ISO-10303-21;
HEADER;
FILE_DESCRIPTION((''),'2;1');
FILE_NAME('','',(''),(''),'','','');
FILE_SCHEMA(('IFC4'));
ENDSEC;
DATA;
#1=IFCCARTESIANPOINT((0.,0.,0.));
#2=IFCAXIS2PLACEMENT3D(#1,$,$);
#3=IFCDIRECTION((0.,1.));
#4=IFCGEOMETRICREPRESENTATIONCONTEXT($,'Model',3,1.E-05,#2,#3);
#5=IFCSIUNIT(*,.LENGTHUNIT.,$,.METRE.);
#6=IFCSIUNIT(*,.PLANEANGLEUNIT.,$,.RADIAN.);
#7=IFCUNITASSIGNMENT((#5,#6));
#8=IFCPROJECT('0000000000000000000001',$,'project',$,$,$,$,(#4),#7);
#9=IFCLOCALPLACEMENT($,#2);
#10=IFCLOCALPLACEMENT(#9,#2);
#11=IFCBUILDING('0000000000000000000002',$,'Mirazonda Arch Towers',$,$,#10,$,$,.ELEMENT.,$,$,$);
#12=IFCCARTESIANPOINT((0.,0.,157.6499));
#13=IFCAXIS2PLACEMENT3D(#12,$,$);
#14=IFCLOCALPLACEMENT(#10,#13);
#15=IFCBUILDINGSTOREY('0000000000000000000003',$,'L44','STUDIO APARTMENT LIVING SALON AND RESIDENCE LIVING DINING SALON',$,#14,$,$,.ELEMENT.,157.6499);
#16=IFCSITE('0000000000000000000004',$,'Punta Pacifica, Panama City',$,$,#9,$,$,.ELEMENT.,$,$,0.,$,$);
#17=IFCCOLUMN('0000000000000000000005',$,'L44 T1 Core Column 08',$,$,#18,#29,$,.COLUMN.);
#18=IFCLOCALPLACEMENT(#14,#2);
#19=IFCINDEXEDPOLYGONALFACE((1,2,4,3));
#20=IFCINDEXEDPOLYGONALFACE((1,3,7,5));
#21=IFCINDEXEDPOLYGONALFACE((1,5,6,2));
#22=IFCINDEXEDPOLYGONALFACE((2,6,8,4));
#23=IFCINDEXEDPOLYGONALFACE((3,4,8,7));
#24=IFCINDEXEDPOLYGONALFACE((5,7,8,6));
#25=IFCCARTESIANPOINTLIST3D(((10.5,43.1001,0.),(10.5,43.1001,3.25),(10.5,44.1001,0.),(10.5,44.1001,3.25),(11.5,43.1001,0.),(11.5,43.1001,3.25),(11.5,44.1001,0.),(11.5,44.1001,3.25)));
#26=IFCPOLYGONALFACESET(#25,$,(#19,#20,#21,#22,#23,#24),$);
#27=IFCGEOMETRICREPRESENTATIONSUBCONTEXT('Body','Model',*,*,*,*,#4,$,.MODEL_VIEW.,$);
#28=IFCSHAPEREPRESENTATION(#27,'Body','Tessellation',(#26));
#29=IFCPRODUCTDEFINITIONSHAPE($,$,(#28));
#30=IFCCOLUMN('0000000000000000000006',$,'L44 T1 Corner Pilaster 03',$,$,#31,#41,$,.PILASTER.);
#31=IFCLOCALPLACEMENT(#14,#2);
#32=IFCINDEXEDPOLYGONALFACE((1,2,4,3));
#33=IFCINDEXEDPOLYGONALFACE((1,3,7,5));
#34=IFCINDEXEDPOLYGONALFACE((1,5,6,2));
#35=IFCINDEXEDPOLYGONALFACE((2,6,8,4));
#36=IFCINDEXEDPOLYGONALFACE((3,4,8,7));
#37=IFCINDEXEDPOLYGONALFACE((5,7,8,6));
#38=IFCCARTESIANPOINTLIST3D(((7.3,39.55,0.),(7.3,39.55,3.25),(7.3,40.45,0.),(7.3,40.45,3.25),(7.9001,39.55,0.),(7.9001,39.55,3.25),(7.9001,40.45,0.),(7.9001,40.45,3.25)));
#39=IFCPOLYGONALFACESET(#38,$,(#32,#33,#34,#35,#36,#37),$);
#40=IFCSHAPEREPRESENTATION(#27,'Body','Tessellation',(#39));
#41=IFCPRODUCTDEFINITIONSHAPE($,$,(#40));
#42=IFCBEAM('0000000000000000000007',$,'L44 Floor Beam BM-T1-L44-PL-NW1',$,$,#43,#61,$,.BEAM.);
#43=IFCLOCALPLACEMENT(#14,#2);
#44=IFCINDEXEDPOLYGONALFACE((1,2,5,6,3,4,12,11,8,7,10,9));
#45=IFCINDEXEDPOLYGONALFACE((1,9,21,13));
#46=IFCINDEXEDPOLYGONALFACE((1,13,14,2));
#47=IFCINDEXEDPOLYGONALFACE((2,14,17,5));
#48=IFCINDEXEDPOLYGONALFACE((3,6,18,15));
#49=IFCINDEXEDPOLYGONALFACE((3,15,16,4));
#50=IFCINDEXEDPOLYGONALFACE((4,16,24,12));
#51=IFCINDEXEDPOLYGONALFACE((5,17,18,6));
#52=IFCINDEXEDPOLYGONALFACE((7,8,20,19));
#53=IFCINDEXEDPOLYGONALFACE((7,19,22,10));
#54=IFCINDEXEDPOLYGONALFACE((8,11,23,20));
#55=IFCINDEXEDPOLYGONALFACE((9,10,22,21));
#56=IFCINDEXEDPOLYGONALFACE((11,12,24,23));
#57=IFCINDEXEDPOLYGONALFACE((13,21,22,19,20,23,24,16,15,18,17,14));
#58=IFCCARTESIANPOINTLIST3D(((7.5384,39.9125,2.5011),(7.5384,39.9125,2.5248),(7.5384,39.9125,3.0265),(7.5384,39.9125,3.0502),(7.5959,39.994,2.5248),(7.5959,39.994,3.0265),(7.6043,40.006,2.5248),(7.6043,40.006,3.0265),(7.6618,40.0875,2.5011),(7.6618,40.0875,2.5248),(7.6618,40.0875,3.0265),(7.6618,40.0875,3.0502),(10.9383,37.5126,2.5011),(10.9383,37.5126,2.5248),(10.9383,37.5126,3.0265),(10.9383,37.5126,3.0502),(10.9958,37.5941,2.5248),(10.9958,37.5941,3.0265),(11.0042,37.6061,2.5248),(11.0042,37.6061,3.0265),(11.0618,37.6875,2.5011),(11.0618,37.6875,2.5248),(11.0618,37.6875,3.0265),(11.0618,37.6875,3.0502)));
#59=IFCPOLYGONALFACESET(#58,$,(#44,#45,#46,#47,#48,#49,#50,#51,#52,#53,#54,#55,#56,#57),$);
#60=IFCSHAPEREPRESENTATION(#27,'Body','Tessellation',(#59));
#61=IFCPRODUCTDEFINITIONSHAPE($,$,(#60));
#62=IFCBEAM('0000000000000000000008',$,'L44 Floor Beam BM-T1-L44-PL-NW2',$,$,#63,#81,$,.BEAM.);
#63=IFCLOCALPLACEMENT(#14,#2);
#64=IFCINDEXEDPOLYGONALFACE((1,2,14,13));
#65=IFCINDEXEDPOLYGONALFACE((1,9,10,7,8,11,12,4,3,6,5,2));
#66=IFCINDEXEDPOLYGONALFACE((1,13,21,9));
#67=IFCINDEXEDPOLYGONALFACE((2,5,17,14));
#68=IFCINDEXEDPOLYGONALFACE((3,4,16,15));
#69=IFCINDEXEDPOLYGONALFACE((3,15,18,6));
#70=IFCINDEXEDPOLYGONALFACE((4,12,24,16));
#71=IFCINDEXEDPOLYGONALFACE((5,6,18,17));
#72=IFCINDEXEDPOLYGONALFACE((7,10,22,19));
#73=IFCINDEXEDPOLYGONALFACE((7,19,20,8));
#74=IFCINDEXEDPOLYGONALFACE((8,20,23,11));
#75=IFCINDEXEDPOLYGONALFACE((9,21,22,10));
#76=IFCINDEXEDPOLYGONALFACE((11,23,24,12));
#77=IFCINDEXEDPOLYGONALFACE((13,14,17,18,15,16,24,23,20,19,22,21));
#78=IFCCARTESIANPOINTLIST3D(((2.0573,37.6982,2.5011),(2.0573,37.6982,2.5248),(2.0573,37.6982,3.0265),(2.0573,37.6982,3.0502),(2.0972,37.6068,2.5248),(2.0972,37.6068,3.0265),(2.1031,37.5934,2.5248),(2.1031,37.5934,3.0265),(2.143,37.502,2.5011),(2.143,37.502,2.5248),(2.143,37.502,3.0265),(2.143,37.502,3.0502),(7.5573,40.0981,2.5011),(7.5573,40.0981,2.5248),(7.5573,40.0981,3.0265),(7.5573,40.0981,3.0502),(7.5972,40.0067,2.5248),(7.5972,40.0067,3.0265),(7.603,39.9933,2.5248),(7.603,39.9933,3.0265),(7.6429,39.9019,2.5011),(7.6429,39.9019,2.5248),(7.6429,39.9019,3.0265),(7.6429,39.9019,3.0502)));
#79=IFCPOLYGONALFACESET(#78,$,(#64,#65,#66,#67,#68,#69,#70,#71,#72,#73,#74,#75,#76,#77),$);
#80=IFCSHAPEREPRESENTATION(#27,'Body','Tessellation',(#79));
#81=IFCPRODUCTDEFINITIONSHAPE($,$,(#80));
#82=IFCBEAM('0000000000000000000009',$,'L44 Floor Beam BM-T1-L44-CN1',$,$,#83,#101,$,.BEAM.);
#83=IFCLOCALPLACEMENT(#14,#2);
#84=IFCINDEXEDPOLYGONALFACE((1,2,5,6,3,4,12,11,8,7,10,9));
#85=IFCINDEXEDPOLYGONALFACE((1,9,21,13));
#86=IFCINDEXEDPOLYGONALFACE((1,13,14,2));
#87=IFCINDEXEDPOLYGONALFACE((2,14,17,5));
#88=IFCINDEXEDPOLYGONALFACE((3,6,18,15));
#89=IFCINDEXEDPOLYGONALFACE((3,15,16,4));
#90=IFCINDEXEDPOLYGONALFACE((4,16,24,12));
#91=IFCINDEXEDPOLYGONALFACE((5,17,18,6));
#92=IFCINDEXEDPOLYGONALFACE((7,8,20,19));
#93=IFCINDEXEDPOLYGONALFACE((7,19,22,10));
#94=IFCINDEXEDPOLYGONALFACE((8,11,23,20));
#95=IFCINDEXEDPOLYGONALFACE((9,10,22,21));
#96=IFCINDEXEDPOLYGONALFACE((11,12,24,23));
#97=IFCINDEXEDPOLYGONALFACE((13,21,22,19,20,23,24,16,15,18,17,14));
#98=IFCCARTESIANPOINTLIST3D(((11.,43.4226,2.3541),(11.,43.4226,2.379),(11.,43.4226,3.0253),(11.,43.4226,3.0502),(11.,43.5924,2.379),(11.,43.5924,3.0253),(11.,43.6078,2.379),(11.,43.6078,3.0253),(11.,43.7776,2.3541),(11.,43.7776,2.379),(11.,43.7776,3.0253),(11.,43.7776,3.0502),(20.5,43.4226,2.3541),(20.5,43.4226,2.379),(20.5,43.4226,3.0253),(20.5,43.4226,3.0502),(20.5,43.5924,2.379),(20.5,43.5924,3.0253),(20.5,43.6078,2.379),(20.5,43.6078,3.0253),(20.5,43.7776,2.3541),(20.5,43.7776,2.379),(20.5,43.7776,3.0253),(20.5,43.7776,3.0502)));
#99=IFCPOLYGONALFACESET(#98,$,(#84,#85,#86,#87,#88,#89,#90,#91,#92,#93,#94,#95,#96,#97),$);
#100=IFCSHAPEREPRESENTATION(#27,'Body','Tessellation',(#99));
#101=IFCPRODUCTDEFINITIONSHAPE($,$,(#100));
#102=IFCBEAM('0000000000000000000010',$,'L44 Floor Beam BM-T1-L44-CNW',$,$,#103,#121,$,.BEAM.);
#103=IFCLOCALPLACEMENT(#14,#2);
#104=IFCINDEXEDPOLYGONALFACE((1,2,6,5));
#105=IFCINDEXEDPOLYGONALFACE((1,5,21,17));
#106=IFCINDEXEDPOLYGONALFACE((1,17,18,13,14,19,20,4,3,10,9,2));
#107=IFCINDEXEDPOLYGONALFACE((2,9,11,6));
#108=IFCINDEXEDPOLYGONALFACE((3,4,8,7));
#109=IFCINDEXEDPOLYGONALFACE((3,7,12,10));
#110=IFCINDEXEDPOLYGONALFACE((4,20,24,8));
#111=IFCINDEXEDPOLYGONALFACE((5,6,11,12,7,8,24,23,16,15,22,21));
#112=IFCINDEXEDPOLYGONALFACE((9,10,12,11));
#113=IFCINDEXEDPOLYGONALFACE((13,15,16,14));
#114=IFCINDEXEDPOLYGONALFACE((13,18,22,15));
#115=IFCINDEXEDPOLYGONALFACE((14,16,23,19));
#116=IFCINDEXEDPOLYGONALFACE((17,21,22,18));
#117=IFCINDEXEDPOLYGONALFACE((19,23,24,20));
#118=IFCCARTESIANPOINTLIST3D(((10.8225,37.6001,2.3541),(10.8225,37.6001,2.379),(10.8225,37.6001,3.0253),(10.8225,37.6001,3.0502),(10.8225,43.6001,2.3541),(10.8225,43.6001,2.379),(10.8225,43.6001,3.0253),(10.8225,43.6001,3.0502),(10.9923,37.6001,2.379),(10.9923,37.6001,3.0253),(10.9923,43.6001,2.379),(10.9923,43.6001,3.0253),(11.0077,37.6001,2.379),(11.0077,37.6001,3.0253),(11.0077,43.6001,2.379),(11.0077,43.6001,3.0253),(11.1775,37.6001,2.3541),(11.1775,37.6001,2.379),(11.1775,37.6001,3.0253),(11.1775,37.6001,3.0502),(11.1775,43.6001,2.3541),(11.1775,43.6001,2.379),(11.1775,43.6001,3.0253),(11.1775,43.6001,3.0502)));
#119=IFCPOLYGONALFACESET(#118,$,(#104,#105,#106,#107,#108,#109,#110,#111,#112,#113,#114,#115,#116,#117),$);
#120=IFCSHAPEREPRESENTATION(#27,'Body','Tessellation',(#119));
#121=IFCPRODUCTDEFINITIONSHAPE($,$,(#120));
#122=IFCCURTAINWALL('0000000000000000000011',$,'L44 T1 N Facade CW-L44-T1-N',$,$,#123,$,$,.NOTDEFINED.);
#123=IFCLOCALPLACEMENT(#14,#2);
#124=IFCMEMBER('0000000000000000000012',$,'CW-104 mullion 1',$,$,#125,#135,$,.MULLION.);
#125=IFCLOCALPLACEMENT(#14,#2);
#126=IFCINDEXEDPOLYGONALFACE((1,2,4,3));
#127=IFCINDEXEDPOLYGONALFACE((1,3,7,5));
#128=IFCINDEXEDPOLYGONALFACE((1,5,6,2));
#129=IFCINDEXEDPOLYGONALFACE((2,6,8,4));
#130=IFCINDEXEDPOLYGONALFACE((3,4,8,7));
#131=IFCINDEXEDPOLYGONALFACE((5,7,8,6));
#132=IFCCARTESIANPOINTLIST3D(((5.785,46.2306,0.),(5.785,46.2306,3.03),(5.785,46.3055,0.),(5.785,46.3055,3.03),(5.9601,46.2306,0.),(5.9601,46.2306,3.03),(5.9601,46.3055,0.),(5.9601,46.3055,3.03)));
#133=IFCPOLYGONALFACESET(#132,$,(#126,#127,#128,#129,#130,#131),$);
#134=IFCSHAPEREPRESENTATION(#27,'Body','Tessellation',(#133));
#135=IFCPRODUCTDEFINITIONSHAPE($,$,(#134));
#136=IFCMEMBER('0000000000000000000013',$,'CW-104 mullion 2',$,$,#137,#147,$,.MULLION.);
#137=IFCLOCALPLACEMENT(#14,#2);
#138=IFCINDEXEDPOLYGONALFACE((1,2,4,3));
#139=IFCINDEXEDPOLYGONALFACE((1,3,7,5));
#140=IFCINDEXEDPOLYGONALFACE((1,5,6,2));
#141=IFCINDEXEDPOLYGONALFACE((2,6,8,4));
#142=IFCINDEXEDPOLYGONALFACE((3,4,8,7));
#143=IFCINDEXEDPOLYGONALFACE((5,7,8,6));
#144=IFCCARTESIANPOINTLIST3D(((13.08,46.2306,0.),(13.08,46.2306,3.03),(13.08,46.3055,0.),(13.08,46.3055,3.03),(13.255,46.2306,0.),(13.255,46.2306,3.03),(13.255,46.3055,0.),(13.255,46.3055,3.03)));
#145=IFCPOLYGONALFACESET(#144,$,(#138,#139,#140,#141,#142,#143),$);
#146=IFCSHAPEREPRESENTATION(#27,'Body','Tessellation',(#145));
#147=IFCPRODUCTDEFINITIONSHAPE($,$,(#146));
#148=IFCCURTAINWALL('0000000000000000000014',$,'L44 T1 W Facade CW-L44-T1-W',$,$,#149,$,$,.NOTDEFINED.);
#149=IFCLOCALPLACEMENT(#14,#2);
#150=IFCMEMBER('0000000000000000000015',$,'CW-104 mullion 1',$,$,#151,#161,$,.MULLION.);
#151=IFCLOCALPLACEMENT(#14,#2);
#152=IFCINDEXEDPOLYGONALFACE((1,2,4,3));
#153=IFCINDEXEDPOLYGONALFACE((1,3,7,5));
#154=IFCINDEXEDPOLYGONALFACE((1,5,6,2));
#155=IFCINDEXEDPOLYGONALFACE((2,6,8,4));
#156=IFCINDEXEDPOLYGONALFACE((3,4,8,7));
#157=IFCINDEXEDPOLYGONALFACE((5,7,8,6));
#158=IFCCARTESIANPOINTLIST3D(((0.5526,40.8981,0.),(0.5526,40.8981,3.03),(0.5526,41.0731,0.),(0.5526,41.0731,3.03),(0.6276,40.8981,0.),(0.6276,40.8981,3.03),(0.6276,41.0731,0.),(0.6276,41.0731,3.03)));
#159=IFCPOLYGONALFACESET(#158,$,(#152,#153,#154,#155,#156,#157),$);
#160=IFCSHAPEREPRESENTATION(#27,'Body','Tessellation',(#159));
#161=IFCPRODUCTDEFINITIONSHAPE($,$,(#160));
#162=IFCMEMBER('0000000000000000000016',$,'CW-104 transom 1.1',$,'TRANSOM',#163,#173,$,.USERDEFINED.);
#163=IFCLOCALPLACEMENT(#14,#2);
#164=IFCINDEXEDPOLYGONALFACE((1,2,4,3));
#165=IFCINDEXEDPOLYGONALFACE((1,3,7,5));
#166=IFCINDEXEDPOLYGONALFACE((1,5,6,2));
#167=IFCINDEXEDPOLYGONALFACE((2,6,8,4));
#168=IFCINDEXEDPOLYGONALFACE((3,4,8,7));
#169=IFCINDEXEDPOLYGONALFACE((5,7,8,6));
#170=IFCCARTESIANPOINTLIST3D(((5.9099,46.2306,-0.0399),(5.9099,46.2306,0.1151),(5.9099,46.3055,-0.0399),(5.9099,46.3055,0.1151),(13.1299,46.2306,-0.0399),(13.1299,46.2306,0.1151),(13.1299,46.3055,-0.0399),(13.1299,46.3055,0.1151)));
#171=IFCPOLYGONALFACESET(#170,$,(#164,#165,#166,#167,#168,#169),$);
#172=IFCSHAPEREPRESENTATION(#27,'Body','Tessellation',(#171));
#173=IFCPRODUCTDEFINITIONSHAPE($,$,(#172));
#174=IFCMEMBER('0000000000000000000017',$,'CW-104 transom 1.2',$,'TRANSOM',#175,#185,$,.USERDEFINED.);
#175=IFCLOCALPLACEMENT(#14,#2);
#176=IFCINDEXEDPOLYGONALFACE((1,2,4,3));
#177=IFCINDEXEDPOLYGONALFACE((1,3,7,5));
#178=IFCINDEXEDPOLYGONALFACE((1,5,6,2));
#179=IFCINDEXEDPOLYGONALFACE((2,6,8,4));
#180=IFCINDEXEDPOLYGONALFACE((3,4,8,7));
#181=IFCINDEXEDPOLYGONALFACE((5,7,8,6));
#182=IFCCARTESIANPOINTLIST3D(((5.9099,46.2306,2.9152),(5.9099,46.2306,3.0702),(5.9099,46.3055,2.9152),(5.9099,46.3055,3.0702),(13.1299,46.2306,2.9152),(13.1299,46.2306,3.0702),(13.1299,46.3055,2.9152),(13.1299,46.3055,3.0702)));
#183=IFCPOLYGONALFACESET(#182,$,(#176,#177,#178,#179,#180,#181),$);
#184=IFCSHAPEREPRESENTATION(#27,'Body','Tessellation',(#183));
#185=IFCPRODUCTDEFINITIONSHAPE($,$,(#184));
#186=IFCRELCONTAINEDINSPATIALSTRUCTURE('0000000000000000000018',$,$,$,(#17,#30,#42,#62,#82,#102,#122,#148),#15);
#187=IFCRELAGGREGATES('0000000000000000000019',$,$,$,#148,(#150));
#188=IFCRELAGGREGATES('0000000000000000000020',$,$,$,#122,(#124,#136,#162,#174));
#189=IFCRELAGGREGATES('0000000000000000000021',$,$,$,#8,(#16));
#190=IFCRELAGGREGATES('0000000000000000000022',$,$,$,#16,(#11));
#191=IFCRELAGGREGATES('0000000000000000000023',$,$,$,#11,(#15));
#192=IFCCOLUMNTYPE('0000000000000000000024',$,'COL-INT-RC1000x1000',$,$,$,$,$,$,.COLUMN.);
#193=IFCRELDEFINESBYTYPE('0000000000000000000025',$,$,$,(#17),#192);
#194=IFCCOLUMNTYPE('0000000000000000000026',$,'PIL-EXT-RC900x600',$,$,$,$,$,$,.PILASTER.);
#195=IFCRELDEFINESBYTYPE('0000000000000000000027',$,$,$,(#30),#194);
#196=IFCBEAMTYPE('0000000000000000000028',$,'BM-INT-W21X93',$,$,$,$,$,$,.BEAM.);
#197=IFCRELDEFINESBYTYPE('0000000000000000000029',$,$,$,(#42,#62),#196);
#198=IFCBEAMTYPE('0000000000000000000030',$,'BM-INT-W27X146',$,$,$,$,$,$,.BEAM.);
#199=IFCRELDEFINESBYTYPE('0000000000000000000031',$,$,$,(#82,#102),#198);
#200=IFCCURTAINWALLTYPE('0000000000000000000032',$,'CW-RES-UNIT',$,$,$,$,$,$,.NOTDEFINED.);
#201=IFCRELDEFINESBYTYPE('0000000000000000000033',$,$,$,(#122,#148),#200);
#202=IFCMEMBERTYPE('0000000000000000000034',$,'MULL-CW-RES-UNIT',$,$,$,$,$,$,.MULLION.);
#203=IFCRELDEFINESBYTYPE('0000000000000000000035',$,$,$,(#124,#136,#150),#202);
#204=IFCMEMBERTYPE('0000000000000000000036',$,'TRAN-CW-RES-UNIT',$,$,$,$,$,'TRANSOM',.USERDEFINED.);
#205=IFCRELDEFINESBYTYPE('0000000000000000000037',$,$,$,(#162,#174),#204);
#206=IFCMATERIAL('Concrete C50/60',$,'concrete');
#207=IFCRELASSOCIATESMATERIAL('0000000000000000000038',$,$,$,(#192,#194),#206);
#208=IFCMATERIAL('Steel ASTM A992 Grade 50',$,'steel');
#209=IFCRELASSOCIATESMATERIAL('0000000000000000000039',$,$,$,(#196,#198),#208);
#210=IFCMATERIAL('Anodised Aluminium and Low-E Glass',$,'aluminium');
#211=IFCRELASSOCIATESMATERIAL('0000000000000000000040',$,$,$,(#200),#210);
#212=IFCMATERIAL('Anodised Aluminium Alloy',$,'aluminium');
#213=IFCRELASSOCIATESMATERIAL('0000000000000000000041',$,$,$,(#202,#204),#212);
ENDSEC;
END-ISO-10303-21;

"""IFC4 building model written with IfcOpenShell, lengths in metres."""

from ifc_helpers import new_model, si_unit, direction, frame, origin, origin_2d, place, context, subcontext, project, spatial, rectangle, i_section, extrude, material, material_profile, profile_set, type_object, element, aggregate, save


model = new_model("IFC4")

# Units and contexts
model_context = context("Model", 3, precision=1e-05, world=origin(), true_north=direction((0.0, 1.0)))
body_context = subcontext(model_context, "Body", "Model", "MODEL_VIEW")
ifc_project = project(units=[si_unit("LENGTHUNIT", "METRE"), si_unit("PLANEANGLEUNIT", "RADIAN")], contexts=[model_context])

# Site, building, storey
site_placement = place(None, origin())
site = spatial("IfcSite", under=ifc_project, at=site_placement, Name="Punta Pacifica, Panama City", CompositionType="ELEMENT", RefElevation=0.0)
building_placement = place(site_placement, origin())
building = spatial("IfcBuilding", under=site, at=building_placement, Name="Mirazonda Arch Towers", CompositionType="ELEMENT")
storey_placement = place(building_placement, frame((0.0, 0.0, 157.6499)))
storey = spatial("IfcBuildingStorey", under=building, at=storey_placement, Name="L44", Description="STUDIO APARTMENT LIVING SALON AND RESIDENCE LIVING DINING SALON", CompositionType="ELEMENT", Elevation=157.6499)

# Columns
ifc_material_1 = material(Name="Concrete C50/60", Category="concrete")
ifc_material_profile_1 = material_profile(ifc_material_1, rectangle(XDim=1.0, YDim=1.0, at=origin_2d()), Name="RC1000x1000")
ifc_profile_set_1 = profile_set([ifc_material_profile_1], Name="Concrete C50/60")
column_type_1 = type_object("IfcColumnType", Name="COL-INT-RC1000x1000", PredefinedType="COLUMN", material=ifc_profile_set_1)
column_1_placement = place(storey_placement, frame((11.0, 43.6001, 0.0), z_axis=(0.0, 0.0, 1.0), x_axis=(1.0, 0.0, 0.0)))
element("IfcColumn", 1, at=column_1_placement, inside=storey, type_object=column_type_1, Name="L44 T1 Core Column 08", PredefinedType="COLUMN", context=body_context, shape_type="SweptSolid", body=[
    extrude(rectangle(XDim=1.0, YDim=1.0, at=origin_2d()), origin(), (0.0, 0.0, 1.0), 3.25),
])
ifc_material_profile_2 = material_profile(ifc_material_1, rectangle(XDim=0.6001, YDim=0.8999, at=origin_2d()), Name="RC900x600")
ifc_profile_set_2 = profile_set([ifc_material_profile_2], Name="Concrete C50/60")
column_type_2 = type_object("IfcColumnType", Name="PIL-EXT-RC900x600", PredefinedType="PILASTER", material=ifc_profile_set_2)
column_2_placement = place(storey_placement, frame((7.6001, 40.0, 0.0), z_axis=(0.0, 0.0, 1.0), x_axis=(1.0, 0.0, 0.0)))
element("IfcColumn", 2, at=column_2_placement, inside=storey, type_object=column_type_2, Name="L44 T1 Corner Pilaster 03", PredefinedType="PILASTER", context=body_context, shape_type="SweptSolid", body=[
    extrude(rectangle(XDim=0.6001, YDim=0.8999, at=origin_2d()), origin(), (0.0, 0.0, 1.0), 3.25),
])

# Beams
ifc_material_2 = material(Name="Steel ASTM A992 Grade 50", Category="steel")
ifc_material_profile_3 = material_profile(ifc_material_2, i_section(OverallWidth=0.2141, OverallDepth=0.5491, WebThickness=0.0146, FlangeThickness=0.0237, at=origin_2d()), Name="W21X93")
ifc_profile_set_3 = profile_set([ifc_material_profile_3], Name="Steel ASTM A992 Grade 50")
beam_type_1 = type_object("IfcBeamType", Name="BM-INT-W21X93", PredefinedType="BEAM", material=ifc_profile_set_3)
beam_1_placement = place(storey_placement, frame((7.6001, 40.0, 2.7756), z_axis=(0.816971, -0.576679, 0.0), x_axis=(0.576679, 0.816971, 0.0)))
element("IfcBeam", 3, at=beam_1_placement, inside=storey, type_object=beam_type_1, Name="L44 Floor Beam BM-T1-L44-PL-NW1", PredefinedType="BEAM", context=body_context, shape_type="SweptSolid", body=[
    extrude(i_section(OverallWidth=0.2141, OverallDepth=0.5491, WebThickness=0.0146, FlangeThickness=0.0237, at=origin_2d()), origin(), (0.0, 0.0, 1.0), 4.1616),
])
beam_2_placement = place(storey_placement, frame((7.6001, 40.0, 2.7756), z_axis=(-0.916545, -0.399931, 0.0), x_axis=(0.399931, -0.916545, 0.0)))
element("IfcBeam", 4, at=beam_2_placement, inside=storey, type_object=beam_type_1, Name="L44 Floor Beam BM-T1-L44-PL-NW2", PredefinedType="BEAM", context=body_context, shape_type="SweptSolid", body=[
    extrude(i_section(OverallWidth=0.2141, OverallDepth=0.5491, WebThickness=0.0146, FlangeThickness=0.0237, at=origin_2d()), origin(), (0.0, 0.0, 1.0), 6.0007),
])
ifc_material_profile_4 = material_profile(ifc_material_2, i_section(OverallWidth=0.355, OverallDepth=0.696, WebThickness=0.0154, FlangeThickness=0.0249, at=origin_2d()), Name="W27X146")
ifc_profile_set_4 = profile_set([ifc_material_profile_4], Name="Steel ASTM A992 Grade 50")
beam_type_2 = type_object("IfcBeamType", Name="BM-INT-W27X146", PredefinedType="BEAM", material=ifc_profile_set_4)
beam_3_placement = place(storey_placement, frame((11.0, 43.6001, 2.7021), z_axis=(1.0, 0.0, 0.0), x_axis=(0.0, 1.0, 0.0)))
element("IfcBeam", 5, at=beam_3_placement, inside=storey, type_object=beam_type_2, Name="L44 Floor Beam BM-T1-L44-CN1", PredefinedType="BEAM", context=body_context, shape_type="SweptSolid", body=[
    extrude(i_section(OverallWidth=0.355, OverallDepth=0.696, WebThickness=0.0154, FlangeThickness=0.0249, at=origin_2d()), origin(), (0.0, 0.0, 1.0), 9.5),
])
beam_4_placement = place(storey_placement, frame((11.0, 37.6001, 2.7021), z_axis=(0.0, 1.0, 0.0), x_axis=(-1.0, 0.0, 0.0)))
element("IfcBeam", 6, at=beam_4_placement, inside=storey, type_object=beam_type_2, Name="L44 Floor Beam BM-T1-L44-CNW", PredefinedType="BEAM", context=body_context, shape_type="SweptSolid", body=[
    extrude(i_section(OverallWidth=0.355, OverallDepth=0.696, WebThickness=0.0154, FlangeThickness=0.0249, at=origin_2d()), origin(), (0.0, 0.0, 1.0), 6.0),
])

# Curtain wall, members
ifc_material_3 = material(Name="Anodised Aluminium and Low-E Glass", Category="aluminium")
curtain_wall_type = type_object("IfcCurtainWallType", Name="CW-RES-UNIT", PredefinedType="NOTDEFINED", material=ifc_material_3)
curtain_wall_1_placement = place(storey_placement, origin())
curtain_wall_1 = element("IfcCurtainWall", 7, at=curtain_wall_1_placement, inside=storey, type_object=curtain_wall_type, Name="L44 T1 N Facade CW-L44-T1-N", PredefinedType="NOTDEFINED")
ifc_material_4 = material(Name="Anodised Aluminium Alloy", Category="aluminium")
ifc_material_profile_5 = material_profile(ifc_material_4, rectangle(XDim=0.075, YDim=0.175, at=origin_2d()), Name="ALU-MULL-75x175")
ifc_profile_set_5 = profile_set([ifc_material_profile_5], Name="Anodised Aluminium Alloy")
member_type_1 = type_object("IfcMemberType", Name="MULL-CW-RES-UNIT", PredefinedType="MULLION", material=ifc_profile_set_5)
member_1_placement = place(storey_placement, frame((5.8726, 46.2681, 0.0), z_axis=(0.0, 0.0, 1.0), x_axis=(0.0, 1.0, 0.0)))
member_1 = element("IfcMember", 8, at=member_1_placement, type_object=member_type_1, Name="CW-104 mullion 1", PredefinedType="MULLION", context=body_context, shape_type="SweptSolid", body=[
    extrude(rectangle(XDim=0.075, YDim=0.175, at=origin_2d()), origin(), (0.0, 0.0, 1.0), 3.03),
])
member_2_placement = place(storey_placement, frame((13.1675, 46.2681, 0.0), z_axis=(0.0, 0.0, 1.0), x_axis=(0.0, 1.0, 0.0)))
member_2 = element("IfcMember", 9, at=member_2_placement, type_object=member_type_1, Name="CW-104 mullion 2", PredefinedType="MULLION", context=body_context, shape_type="SweptSolid", body=[
    extrude(rectangle(XDim=0.075, YDim=0.175, at=origin_2d()), origin(), (0.0, 0.0, 1.0), 3.03),
])

# Curtain wall, member
curtain_wall_2_placement = place(storey_placement, origin())
curtain_wall_2 = element("IfcCurtainWall", 10, at=curtain_wall_2_placement, inside=storey, type_object=curtain_wall_type, Name="L44 T1 W Facade CW-L44-T1-W", PredefinedType="NOTDEFINED")
member_3_placement = place(storey_placement, frame((0.5901, 40.9856, 0.0), z_axis=(0.0, 0.0, 1.0), x_axis=(1.0, 0.0, 0.0)))
member_3 = element("IfcMember", 11, at=member_3_placement, type_object=member_type_1, Name="CW-104 mullion 1", PredefinedType="MULLION", context=body_context, shape_type="SweptSolid", body=[
    extrude(rectangle(XDim=0.075, YDim=0.175, at=origin_2d()), origin(), (0.0, 0.0, 1.0), 3.03),
])

# Members
ifc_material_profile_6 = material_profile(ifc_material_4, rectangle(XDim=0.075, YDim=0.155, at=origin_2d()), Name="ALU-TRAN-75x155")
ifc_profile_set_6 = profile_set([ifc_material_profile_6], Name="Anodised Aluminium Alloy")
member_type_2 = type_object("IfcMemberType", Name="TRAN-CW-RES-UNIT", ElementType="TRANSOM", PredefinedType="USERDEFINED", material=ifc_profile_set_6)
member_4_placement = place(storey_placement, frame((5.9099, 46.2681, 0.0376), z_axis=(1.0, 0.0, 0.0), x_axis=(0.0, 1.0, 0.0)))
member_4 = element("IfcMember", 12, at=member_4_placement, type_object=member_type_2, Name="CW-104 transom 1.1", ObjectType="TRANSOM", PredefinedType="USERDEFINED", context=body_context, shape_type="SweptSolid", body=[
    extrude(rectangle(XDim=0.075, YDim=0.155, at=origin_2d()), origin(), (0.0, 0.0, 1.0), 7.22),
])
member_5_placement = place(storey_placement, frame((5.9099, 46.2681, 2.9927), z_axis=(1.0, 0.0, 0.0), x_axis=(0.0, 1.0, 0.0)))
member_5 = element("IfcMember", 13, at=member_5_placement, type_object=member_type_2, Name="CW-104 transom 1.2", ObjectType="TRANSOM", PredefinedType="USERDEFINED", context=body_context, shape_type="SweptSolid", body=[
    extrude(rectangle(XDim=0.075, YDim=0.155, at=origin_2d()), origin(), (0.0, 0.0, 1.0), 7.22),
])
aggregate(curtain_wall_2, [member_3])

aggregate(curtain_wall_1, [member_1, member_2, member_4, member_5])

save(model, "model.ifc")
